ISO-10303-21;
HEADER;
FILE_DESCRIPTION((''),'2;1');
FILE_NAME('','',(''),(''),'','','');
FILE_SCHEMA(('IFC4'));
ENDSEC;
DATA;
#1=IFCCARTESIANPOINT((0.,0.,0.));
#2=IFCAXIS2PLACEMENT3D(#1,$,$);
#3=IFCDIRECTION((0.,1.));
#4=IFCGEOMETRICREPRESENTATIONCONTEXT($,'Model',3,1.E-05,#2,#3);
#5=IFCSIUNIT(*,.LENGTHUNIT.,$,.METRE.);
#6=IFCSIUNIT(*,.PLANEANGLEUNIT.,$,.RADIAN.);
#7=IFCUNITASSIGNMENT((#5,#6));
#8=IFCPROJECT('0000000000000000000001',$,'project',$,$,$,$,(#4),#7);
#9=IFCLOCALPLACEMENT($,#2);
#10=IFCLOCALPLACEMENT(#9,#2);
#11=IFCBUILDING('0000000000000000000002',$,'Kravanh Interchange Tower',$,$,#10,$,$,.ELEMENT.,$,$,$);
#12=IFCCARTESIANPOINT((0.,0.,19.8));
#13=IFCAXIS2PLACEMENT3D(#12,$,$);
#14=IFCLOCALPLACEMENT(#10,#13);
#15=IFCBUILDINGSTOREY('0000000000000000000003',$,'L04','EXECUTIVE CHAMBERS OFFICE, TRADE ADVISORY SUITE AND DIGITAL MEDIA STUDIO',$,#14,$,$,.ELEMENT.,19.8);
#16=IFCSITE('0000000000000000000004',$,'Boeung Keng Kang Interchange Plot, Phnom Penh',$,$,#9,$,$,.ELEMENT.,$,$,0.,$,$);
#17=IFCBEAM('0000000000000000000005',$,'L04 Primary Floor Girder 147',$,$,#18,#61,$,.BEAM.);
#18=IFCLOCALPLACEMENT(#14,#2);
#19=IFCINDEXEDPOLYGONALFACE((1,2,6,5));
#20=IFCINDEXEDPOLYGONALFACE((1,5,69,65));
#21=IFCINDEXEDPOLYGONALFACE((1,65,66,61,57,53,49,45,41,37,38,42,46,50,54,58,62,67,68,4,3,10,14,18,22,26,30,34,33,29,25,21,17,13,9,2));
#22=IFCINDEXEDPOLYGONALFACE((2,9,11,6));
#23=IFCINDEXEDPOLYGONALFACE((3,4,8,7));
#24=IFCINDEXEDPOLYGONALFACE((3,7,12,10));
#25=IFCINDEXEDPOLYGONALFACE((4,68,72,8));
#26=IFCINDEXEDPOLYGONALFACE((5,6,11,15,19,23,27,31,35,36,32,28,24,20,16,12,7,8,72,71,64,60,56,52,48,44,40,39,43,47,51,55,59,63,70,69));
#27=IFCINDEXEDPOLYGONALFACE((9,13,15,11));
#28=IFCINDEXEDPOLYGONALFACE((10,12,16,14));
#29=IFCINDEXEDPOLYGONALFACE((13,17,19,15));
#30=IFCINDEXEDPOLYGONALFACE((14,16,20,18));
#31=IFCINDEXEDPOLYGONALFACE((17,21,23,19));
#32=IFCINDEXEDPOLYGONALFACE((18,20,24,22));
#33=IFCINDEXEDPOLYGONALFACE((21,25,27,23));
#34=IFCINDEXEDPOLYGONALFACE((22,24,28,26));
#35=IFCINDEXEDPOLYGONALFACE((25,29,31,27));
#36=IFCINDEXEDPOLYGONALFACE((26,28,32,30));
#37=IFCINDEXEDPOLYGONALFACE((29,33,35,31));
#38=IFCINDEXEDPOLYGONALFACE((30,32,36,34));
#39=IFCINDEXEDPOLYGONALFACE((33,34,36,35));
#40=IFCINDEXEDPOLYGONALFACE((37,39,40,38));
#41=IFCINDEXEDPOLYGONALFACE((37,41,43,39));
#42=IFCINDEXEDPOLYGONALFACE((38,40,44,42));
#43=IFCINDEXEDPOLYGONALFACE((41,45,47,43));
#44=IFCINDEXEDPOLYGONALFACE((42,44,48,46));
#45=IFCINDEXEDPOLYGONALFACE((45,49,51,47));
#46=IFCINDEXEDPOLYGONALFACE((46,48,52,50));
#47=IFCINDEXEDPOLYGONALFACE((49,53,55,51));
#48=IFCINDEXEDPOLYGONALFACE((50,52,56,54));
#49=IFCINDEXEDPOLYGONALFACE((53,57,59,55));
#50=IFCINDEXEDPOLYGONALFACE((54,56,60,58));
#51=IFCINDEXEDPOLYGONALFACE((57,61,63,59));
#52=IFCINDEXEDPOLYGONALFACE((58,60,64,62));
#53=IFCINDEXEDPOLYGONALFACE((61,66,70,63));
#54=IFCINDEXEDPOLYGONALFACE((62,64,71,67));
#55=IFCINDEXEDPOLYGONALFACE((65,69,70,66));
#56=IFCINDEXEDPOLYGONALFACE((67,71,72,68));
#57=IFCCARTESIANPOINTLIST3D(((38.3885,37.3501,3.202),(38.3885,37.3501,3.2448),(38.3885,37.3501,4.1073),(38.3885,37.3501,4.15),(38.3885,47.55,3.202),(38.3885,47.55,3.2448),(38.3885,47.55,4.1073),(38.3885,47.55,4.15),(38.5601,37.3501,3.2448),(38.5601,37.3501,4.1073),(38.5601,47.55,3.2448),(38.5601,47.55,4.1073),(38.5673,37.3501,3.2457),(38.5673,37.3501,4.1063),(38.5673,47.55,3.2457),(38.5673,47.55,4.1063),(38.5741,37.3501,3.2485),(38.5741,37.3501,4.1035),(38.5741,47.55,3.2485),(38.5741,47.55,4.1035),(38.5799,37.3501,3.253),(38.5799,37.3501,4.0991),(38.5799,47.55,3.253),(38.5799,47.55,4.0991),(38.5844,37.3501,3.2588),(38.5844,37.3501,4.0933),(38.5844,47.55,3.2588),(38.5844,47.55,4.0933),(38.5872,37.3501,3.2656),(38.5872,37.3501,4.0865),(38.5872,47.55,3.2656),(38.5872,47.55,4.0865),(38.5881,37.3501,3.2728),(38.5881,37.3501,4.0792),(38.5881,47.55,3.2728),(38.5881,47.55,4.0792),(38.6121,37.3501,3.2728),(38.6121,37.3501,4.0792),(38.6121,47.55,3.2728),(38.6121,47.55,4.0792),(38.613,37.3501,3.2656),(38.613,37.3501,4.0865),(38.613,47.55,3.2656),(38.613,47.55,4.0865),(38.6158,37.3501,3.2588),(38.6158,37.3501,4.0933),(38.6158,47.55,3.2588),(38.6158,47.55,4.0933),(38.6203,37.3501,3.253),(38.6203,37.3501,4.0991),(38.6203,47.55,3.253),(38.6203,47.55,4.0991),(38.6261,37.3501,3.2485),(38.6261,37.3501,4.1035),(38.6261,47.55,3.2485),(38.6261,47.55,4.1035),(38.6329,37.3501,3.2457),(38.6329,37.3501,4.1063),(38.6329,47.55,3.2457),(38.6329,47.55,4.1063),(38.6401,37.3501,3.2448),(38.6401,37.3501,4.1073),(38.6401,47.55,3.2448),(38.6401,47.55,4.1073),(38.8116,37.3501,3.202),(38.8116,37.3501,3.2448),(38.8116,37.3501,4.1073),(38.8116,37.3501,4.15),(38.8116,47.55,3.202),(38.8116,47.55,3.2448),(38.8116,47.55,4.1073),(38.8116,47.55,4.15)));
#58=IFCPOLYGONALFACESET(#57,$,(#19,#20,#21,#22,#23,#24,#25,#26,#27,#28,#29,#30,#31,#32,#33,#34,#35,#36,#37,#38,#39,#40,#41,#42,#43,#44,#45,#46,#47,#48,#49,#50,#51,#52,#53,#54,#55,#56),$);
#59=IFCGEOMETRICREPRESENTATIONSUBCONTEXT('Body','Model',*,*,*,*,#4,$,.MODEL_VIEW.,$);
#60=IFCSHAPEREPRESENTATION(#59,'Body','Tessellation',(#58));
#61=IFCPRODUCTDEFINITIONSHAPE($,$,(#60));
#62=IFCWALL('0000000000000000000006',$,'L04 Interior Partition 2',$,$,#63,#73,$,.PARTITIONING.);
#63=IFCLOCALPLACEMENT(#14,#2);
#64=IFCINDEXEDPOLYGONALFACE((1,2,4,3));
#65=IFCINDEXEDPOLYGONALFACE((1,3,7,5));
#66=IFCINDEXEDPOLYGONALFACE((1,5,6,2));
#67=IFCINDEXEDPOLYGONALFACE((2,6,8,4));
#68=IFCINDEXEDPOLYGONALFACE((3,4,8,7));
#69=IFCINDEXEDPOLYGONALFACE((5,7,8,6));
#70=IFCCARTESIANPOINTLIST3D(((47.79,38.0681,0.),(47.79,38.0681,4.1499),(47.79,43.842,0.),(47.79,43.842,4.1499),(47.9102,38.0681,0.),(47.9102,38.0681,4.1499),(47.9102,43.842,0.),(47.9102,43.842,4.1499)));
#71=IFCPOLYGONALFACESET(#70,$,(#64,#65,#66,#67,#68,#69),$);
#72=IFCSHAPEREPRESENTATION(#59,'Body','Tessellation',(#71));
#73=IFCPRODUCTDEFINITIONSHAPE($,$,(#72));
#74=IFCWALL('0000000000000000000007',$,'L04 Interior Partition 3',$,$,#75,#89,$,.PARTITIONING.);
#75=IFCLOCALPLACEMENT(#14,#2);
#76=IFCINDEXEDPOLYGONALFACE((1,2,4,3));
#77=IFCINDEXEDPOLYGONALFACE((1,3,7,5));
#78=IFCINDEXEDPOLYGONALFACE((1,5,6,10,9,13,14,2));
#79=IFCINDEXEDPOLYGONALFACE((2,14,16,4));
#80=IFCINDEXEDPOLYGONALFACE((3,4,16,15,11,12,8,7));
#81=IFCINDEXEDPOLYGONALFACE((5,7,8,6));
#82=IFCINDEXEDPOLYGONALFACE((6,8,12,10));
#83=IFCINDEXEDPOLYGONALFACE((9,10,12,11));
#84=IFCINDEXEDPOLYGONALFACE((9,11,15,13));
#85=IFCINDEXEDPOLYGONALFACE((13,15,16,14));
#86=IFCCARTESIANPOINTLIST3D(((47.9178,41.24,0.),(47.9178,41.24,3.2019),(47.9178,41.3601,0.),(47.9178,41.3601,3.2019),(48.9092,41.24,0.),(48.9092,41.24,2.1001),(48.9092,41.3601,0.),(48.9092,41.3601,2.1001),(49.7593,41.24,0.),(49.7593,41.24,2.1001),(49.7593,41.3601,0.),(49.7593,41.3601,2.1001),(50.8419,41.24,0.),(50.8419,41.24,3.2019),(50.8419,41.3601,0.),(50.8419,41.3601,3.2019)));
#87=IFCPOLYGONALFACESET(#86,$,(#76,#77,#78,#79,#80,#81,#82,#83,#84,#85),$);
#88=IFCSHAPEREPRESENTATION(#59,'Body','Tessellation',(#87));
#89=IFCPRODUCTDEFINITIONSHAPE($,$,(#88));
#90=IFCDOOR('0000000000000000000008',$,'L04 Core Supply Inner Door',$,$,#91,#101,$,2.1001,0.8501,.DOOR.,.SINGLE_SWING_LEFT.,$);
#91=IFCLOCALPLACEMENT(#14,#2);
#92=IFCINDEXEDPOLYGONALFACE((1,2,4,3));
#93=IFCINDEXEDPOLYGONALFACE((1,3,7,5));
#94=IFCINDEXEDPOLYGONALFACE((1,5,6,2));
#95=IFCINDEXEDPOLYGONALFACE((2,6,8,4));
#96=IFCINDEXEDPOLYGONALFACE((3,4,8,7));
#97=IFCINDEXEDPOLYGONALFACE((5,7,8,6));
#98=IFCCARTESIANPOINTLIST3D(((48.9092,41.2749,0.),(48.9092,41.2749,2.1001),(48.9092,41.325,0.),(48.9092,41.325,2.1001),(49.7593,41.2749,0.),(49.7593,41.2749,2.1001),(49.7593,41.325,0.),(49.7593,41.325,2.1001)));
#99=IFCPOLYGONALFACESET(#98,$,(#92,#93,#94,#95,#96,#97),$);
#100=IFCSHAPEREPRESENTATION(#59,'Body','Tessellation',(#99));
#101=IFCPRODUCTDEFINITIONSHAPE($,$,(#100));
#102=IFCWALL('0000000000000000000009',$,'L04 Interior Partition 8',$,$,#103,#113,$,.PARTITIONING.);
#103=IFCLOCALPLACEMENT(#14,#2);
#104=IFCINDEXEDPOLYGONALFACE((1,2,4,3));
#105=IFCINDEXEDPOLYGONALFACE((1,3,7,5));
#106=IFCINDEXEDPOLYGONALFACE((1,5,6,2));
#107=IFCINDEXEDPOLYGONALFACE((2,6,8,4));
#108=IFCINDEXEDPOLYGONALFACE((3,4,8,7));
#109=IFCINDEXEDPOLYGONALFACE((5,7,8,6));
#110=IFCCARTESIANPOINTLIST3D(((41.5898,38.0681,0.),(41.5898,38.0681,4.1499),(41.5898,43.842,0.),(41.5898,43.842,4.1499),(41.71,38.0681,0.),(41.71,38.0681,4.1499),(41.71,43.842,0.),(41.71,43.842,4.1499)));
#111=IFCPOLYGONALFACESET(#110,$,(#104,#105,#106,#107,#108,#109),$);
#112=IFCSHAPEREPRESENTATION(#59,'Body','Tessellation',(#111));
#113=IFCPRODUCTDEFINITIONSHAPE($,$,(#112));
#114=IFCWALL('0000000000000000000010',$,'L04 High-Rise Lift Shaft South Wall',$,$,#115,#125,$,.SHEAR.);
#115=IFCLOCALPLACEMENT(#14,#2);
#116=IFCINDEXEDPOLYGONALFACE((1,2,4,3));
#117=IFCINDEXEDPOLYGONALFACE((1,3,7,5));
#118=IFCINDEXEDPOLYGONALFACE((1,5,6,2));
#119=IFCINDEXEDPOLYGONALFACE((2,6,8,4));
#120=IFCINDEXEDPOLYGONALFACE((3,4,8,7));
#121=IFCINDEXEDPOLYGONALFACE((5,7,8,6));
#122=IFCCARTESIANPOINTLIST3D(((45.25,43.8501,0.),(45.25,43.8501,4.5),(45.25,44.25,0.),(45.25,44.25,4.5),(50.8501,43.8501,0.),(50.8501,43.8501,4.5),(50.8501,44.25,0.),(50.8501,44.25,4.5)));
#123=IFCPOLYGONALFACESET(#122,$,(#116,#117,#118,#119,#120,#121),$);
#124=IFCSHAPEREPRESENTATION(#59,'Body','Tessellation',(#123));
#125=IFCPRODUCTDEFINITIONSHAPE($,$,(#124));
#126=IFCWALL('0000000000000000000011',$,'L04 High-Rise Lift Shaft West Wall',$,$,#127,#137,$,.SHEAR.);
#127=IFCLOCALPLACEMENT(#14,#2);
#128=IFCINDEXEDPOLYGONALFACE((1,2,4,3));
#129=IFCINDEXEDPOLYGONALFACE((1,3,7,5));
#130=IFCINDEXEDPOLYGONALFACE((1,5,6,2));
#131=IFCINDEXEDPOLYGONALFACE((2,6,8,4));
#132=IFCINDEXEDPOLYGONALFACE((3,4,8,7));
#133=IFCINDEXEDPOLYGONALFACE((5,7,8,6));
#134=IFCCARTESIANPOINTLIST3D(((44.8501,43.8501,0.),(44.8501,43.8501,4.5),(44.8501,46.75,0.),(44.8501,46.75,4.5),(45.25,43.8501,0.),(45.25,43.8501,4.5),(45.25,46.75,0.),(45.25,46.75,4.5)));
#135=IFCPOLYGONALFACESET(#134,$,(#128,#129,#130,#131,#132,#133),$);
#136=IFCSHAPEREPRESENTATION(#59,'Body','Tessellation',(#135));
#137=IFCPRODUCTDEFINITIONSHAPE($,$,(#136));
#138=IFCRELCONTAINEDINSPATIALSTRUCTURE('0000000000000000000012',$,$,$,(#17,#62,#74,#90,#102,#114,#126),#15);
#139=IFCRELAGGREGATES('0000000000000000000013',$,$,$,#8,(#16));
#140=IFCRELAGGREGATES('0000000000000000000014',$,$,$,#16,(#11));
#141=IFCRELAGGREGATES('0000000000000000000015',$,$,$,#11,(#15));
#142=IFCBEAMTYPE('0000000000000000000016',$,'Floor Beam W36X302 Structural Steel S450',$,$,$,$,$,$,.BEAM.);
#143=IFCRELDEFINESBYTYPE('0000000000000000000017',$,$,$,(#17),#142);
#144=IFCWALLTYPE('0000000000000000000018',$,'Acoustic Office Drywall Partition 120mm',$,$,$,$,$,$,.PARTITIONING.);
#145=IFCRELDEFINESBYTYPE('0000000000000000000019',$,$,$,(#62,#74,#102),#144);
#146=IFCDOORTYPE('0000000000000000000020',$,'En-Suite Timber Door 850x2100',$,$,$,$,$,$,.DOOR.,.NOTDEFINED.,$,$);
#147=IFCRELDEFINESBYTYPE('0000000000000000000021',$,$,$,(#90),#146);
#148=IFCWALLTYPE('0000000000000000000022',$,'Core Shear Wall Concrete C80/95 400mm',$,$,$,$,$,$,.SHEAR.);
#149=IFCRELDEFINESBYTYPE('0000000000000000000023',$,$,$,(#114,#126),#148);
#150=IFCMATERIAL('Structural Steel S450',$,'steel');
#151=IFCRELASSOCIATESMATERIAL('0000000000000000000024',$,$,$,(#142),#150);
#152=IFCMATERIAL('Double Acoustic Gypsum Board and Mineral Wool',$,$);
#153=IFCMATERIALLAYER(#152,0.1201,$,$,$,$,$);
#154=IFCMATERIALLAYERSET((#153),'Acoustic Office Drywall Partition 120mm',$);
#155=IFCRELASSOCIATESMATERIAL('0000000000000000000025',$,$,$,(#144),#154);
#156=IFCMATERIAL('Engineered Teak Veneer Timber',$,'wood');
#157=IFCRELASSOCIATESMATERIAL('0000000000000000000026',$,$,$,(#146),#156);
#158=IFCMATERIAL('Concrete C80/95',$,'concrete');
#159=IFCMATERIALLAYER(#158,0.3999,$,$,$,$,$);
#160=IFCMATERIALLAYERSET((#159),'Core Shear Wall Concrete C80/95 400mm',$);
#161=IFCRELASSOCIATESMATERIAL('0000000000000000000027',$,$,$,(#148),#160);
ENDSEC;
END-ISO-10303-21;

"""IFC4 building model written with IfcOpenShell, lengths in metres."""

from ifc_helpers import new_model, si_unit, direction, frame, frame_2d, origin, origin_2d, place, context, subcontext, project, spatial, rectangle, i_section, extrude, material, layer, layer_set, material_profile, profile_set, type_object, element, fill, save


model = new_model("IFC4")

# Units and contexts
model_context = context("Model", 3, precision=1e-05, world=origin(), true_north=direction((0.0, 1.0)))
body_context = subcontext(model_context, "Body", "Model", "MODEL_VIEW")
ifc_project = project(units=[si_unit("LENGTHUNIT", "METRE"), si_unit("PLANEANGLEUNIT", "RADIAN")], contexts=[model_context])

# Site, building, storey
site_placement = place(None, origin())
site = spatial("IfcSite", under=ifc_project, at=site_placement, Name="Boeung Keng Kang Interchange Plot, Phnom Penh", CompositionType="ELEMENT", RefElevation=0.0)
building_placement = place(site_placement, origin())
building = spatial("IfcBuilding", under=site, at=building_placement, Name="Kravanh Interchange Tower", CompositionType="ELEMENT")
storey_placement = place(building_placement, frame((0.0, 0.0, 19.8)))
storey = spatial("IfcBuildingStorey", under=building, at=storey_placement, Name="L04", Description="EXECUTIVE CHAMBERS OFFICE, TRADE ADVISORY SUITE AND DIGITAL MEDIA STUDIO", CompositionType="ELEMENT", Elevation=19.8)

# Beam
ifc_material_1 = material(Name="Structural Steel S450", Category="steel")
ifc_material_profile_1 = material_profile(ifc_material_1, i_section(OverallWidth=0.4231, OverallDepth=0.948, WebThickness=0.0239, FlangeThickness=0.0427, FilletRadius=0.0281, at=origin_2d()), Name="W36X302")
ifc_profile_set_1 = profile_set([ifc_material_profile_1], Name="Structural Steel S450")
beam_type = type_object("IfcBeamType", Name="Floor Beam W36X302 Structural Steel S450", PredefinedType="BEAM", material=ifc_profile_set_1)
beam_1_placement = place(storey_placement, frame((38.6001, 37.3501, 3.676), z_axis=(0.0, 1.0, 0.0), x_axis=(-1.0, 0.0, 0.0)))
element("IfcBeam", 1, at=beam_1_placement, inside=storey, type_object=beam_type, Name="L04 Primary Floor Girder 147", PredefinedType="BEAM", context=body_context, shape_type="SweptSolid", body=[
    extrude(i_section(OverallWidth=0.4231, OverallDepth=0.948, WebThickness=0.0239, FlangeThickness=0.0427, FilletRadius=0.0281, at=origin_2d()), origin(), (0.0, 0.0, 1.0), 10.2),
])

# Wall
ifc_material_2 = material(Name="Double Acoustic Gypsum Board and Mineral Wool")
ifc_layer_1 = layer(ifc_material_2, 0.1201)
ifc_layer_set_1 = layer_set([ifc_layer_1], Name="Acoustic Office Drywall Partition 120mm")
wall_type_1 = type_object("IfcWallType", Name="Acoustic Office Drywall Partition 120mm", PredefinedType="PARTITIONING", material=ifc_layer_set_1)
wall_1_placement = place(storey_placement, frame((47.8501, 38.0681, 0.0), z_axis=(0.0, 0.0, 1.0), x_axis=(0.0, 1.0, 0.0)))
element("IfcWall", 2, at=wall_1_placement, inside=storey, type_object=wall_type_1, Name="L04 Interior Partition 2", PredefinedType="PARTITIONING", context=body_context, shape_type="SweptSolid", body=[
    extrude(rectangle(XDim=5.7739, YDim=0.1201, at=frame_2d((2.887, 0.0))), origin(), (0.0, 0.0, 1.0), 4.1499),
])

# Wall, opening, door
wall_2_placement = place(storey_placement, frame((47.918, 41.3, 0.0), z_axis=(0.0, 0.0, 1.0), x_axis=(1.0, 0.0, 0.0)))
wall_2 = element("IfcWall", 3, at=wall_2_placement, inside=storey, type_object=wall_type_1, Name="L04 Interior Partition 3", PredefinedType="PARTITIONING", context=body_context, shape_type="SweptSolid", body=[
    extrude(rectangle(XDim=2.9241, YDim=0.1201, at=frame_2d((1.4619, 0.0))), origin(), (0.0, 0.0, 1.0), 3.2019),
])
opening_1_placement = place(wall_2_placement, frame((0.9912, 0.0, 0.0)))
opening_1 = element("IfcOpeningElement", 4, at=opening_1_placement, cuts=wall_2, PredefinedType="OPENING", context=body_context, shape_type="SweptSolid", body=[
    extrude(rectangle(XDim=0.8501, YDim=2.1001, at=frame_2d((0.425, 1.05))), frame((0.0, 0.0701, 0.0), z_axis=(0.0, -1.0, 0.0), x_axis=(1.0, 0.0, 0.0)), (0.0, 0.0, 1.0), 0.1401),
])
ifc_material_3 = material(Name="Engineered Teak Veneer Timber", Category="wood")
door_type_1 = type_object("IfcDoorType", Name="En-Suite Timber Door 850x2100", OperationType="NOTDEFINED", PredefinedType="DOOR", material=ifc_material_3)
door_1_placement = place(opening_1_placement, origin())
door_1 = element("IfcDoor", 5, at=door_1_placement, inside=storey, type_object=door_type_1, Name="L04 Core Supply Inner Door", OperationType="SINGLE_SWING_LEFT", OverallHeight=2.1001, OverallWidth=0.8501, PredefinedType="DOOR", context=body_context, shape_type="SweptSolid", body=[
    extrude(rectangle(XDim=0.8501, YDim=2.1001, at=frame_2d((0.425, 1.05))), frame((0.0, 0.0249, 0.0), z_axis=(0.0, -1.0, 0.0), x_axis=(1.0, 0.0, 0.0)), (0.0, 0.0, 1.0), 0.05),
])
fill(opening_1, door_1)

# Walls
wall_3_placement = place(storey_placement, frame((41.6499, 38.0681, 0.0), z_axis=(0.0, 0.0, 1.0), x_axis=(0.0, 1.0, 0.0)))
element("IfcWall", 6, at=wall_3_placement, inside=storey, type_object=wall_type_1, Name="L04 Interior Partition 8", PredefinedType="PARTITIONING", context=body_context, shape_type="SweptSolid", body=[
    extrude(rectangle(XDim=5.7739, YDim=0.1201, at=frame_2d((2.887, 0.0))), origin(), (0.0, 0.0, 1.0), 4.1499),
])
ifc_material_4 = material(Name="Concrete C80/95", Category="concrete")
ifc_layer_2 = layer(ifc_material_4, 0.3999)
ifc_layer_set_2 = layer_set([ifc_layer_2], Name="Core Shear Wall Concrete C80/95 400mm")
wall_type_2 = type_object("IfcWallType", Name="Core Shear Wall Concrete C80/95 400mm", PredefinedType="SHEAR", material=ifc_layer_set_2)
wall_4_placement = place(storey_placement, frame((45.25, 44.05, 0.0), z_axis=(0.0, 0.0, 1.0), x_axis=(1.0, 0.0, 0.0)))
element("IfcWall", 7, at=wall_4_placement, inside=storey, type_object=wall_type_2, Name="L04 High-Rise Lift Shaft South Wall", PredefinedType="SHEAR", context=body_context, shape_type="SweptSolid", body=[
    extrude(rectangle(XDim=5.6001, YDim=0.3999, at=frame_2d((2.8, 0.0))), origin(), (0.0, 0.0, 1.0), 4.5),
])
wall_5_placement = place(storey_placement, frame((45.05, 43.8501, 0.0), z_axis=(0.0, 0.0, 1.0), x_axis=(0.0, 1.0, 0.0)))
element("IfcWall", 8, at=wall_5_placement, inside=storey, type_object=wall_type_2, Name="L04 High-Rise Lift Shaft West Wall", PredefinedType="SHEAR", context=body_context, shape_type="SweptSolid", body=[
    extrude(rectangle(XDim=2.8999, YDim=0.3999, at=frame_2d((1.45, 0.0))), origin(), (0.0, 0.0, 1.0), 4.5),
])

save(model, "model.ifc")
